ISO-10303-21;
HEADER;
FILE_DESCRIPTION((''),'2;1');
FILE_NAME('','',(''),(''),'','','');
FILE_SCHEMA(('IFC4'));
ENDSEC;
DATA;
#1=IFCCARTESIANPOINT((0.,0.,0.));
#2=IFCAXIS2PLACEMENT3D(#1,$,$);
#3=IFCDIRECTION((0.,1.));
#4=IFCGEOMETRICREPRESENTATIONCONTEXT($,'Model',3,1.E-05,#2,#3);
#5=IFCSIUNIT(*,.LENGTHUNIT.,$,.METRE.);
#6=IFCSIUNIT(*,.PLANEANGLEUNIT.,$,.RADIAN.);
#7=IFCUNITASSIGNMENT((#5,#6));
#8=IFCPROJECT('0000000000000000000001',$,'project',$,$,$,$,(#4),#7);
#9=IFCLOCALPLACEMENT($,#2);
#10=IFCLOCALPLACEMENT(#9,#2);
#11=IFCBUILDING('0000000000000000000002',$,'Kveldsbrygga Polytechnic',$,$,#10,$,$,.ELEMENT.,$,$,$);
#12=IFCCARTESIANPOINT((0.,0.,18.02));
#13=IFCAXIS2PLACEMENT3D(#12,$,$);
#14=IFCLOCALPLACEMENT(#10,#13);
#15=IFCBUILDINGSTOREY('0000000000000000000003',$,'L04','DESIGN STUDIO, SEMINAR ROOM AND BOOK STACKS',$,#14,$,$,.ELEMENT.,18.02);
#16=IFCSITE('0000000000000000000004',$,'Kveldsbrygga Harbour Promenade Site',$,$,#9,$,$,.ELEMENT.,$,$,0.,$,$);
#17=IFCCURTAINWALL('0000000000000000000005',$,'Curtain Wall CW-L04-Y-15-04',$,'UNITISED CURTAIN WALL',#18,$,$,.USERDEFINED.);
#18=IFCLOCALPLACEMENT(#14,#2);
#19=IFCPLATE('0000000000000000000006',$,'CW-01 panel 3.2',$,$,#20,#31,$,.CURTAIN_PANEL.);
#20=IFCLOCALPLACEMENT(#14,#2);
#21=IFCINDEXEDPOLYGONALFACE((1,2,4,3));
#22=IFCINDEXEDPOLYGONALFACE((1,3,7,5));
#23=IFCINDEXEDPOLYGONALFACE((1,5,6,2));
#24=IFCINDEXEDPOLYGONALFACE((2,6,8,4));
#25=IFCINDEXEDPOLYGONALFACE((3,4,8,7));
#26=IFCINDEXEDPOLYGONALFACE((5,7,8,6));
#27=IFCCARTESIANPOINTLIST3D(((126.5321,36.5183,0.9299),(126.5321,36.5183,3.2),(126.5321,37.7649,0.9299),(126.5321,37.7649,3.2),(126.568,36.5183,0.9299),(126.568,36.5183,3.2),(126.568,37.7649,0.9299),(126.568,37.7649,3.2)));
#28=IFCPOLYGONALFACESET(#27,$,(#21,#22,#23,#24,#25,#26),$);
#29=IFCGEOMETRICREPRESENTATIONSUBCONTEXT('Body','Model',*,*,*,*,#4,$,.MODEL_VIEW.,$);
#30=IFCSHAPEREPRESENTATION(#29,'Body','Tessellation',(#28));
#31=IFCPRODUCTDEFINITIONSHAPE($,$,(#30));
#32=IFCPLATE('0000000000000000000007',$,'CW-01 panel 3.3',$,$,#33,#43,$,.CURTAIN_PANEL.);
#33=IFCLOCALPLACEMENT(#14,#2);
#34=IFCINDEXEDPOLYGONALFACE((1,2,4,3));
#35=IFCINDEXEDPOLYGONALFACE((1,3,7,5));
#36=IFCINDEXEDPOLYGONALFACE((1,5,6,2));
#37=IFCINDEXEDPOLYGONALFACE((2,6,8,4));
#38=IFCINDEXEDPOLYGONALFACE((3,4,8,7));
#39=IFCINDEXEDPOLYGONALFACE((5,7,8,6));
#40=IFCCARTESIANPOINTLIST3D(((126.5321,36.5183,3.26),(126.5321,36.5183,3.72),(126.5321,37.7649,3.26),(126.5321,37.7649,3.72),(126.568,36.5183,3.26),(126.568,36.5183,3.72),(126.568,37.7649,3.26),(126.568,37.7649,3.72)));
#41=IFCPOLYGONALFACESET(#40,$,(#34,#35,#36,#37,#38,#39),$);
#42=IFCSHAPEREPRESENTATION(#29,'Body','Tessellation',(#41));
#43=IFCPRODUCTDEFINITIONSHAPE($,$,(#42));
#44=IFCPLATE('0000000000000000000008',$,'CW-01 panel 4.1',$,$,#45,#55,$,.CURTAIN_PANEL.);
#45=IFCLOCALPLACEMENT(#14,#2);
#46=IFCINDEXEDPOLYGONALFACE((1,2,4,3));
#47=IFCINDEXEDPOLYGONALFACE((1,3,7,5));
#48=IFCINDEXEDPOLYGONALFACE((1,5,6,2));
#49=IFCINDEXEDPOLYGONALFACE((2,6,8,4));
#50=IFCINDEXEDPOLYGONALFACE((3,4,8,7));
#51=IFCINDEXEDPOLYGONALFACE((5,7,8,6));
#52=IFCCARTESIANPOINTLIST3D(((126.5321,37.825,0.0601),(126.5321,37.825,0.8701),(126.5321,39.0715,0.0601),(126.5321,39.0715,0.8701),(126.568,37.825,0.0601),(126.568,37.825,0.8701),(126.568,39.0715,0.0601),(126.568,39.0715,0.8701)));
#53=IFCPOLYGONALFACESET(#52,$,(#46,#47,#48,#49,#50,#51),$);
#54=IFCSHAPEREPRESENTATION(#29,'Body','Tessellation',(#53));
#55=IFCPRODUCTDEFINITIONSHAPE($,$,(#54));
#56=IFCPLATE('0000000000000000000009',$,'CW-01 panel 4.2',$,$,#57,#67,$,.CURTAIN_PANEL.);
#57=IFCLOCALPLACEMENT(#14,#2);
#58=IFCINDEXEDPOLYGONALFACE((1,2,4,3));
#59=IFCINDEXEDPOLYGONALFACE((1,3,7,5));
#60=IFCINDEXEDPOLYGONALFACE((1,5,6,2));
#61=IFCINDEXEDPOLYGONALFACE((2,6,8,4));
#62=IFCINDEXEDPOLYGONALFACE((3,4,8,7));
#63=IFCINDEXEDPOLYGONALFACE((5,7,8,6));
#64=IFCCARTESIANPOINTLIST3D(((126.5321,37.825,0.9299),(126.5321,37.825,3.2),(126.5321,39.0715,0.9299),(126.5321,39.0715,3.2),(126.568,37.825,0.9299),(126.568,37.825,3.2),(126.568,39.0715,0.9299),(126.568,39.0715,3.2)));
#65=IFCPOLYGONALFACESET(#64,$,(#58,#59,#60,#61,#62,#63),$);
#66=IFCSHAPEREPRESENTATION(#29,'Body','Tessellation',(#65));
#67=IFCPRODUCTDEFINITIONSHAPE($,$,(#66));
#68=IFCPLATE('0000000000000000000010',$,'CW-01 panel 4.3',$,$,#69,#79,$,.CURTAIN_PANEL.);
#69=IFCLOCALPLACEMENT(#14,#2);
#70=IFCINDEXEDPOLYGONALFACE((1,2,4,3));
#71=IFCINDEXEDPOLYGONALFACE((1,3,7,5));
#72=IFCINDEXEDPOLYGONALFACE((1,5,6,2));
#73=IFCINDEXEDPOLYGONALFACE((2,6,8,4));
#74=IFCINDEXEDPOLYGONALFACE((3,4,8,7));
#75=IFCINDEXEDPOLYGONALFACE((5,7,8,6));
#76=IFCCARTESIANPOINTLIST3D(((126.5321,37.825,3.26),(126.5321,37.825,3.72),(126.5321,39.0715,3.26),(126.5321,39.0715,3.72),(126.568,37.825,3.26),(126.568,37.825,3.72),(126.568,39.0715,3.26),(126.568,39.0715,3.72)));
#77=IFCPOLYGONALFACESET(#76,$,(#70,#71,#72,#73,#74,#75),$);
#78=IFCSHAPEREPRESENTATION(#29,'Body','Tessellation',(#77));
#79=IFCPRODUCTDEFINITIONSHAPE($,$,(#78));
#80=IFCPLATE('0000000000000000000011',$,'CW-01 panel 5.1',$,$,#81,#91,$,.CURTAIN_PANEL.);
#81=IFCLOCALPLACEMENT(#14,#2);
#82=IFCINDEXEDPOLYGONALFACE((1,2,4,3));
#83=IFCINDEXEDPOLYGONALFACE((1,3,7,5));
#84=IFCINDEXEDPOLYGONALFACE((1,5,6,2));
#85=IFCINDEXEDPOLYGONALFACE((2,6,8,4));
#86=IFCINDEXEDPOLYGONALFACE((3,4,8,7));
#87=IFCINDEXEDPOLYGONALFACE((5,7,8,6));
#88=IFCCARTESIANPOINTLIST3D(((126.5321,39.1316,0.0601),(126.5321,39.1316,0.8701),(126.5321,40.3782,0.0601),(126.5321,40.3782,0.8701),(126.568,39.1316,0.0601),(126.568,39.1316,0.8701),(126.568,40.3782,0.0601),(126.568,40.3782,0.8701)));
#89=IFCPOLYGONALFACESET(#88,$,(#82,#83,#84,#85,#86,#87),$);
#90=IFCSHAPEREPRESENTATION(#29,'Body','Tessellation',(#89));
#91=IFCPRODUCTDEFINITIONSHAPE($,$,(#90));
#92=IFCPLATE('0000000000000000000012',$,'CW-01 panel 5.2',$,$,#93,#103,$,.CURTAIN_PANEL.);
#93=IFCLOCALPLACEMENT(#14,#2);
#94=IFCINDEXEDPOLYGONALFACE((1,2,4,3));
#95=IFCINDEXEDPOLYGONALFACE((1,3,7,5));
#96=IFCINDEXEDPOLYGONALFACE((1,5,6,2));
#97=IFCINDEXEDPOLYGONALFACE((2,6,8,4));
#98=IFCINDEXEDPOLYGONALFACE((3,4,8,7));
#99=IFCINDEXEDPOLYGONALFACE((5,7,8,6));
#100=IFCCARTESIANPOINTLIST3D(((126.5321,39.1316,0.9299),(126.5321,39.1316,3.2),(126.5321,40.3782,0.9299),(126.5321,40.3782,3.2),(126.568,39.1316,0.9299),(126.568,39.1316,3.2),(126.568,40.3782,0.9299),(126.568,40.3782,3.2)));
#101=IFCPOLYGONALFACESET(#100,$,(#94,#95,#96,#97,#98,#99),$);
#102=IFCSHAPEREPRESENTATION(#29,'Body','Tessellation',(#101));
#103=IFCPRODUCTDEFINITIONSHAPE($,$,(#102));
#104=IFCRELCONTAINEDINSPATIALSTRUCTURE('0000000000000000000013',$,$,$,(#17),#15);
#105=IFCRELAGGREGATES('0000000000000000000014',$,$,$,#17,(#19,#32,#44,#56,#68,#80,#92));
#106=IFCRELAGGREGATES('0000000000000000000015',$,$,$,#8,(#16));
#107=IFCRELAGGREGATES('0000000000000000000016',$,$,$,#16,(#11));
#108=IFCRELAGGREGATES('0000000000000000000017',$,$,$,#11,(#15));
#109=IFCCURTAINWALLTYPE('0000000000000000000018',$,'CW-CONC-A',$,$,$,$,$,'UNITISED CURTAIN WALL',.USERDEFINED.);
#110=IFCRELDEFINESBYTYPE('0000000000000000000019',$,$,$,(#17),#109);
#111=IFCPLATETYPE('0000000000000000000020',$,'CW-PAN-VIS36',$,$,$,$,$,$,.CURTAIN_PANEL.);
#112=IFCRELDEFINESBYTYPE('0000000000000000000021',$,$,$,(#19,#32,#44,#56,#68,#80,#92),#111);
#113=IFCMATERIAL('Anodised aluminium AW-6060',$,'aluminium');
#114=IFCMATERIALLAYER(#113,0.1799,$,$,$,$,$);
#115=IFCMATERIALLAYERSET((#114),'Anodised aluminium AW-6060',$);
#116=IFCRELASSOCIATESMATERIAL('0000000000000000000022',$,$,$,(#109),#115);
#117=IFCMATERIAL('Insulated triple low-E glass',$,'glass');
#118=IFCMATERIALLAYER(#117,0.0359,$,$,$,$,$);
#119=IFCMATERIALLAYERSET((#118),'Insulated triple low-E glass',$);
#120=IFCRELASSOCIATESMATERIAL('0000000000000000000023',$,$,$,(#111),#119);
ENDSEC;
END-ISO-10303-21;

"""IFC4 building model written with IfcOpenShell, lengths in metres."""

from ifc_helpers import new_model, si_unit, direction, frame, origin, origin_2d, place, context, subcontext, project, spatial, rectangle, extrude, material, layer, layer_set, type_object, element, aggregate, save


model = new_model("IFC4")

# Units and contexts
model_context = context("Model", 3, precision=1e-05, world=origin(), true_north=direction((0.0, 1.0)))
body_context = subcontext(model_context, "Body", "Model", "MODEL_VIEW")
ifc_project = project(units=[si_unit("LENGTHUNIT", "METRE"), si_unit("PLANEANGLEUNIT", "RADIAN")], contexts=[model_context])

# Site, building, storey
site_placement = place(None, origin())
site = spatial("IfcSite", under=ifc_project, at=site_placement, Name="Kveldsbrygga Harbour Promenade Site", CompositionType="ELEMENT", RefElevation=0.0)
building_placement = place(site_placement, origin())
building = spatial("IfcBuilding", under=site, at=building_placement, Name="Kveldsbrygga Polytechnic", CompositionType="ELEMENT")
storey_placement = place(building_placement, frame((0.0, 0.0, 18.02)))
storey = spatial("IfcBuildingStorey", under=building, at=storey_placement, Name="L04", Description="DESIGN STUDIO, SEMINAR ROOM AND BOOK STACKS", CompositionType="ELEMENT", Elevation=18.02)

# Curtain wall
ifc_material_1 = material(Name="Anodised aluminium AW-6060", Category="aluminium")
ifc_layer_1 = layer(ifc_material_1, 0.1799)
ifc_layer_set_1 = layer_set([ifc_layer_1], Name="Anodised aluminium AW-6060")
curtain_wall_type = type_object("IfcCurtainWallType", Name="CW-CONC-A", ElementType="UNITISED CURTAIN WALL", PredefinedType="USERDEFINED", material=ifc_layer_set_1)
curtain_wall_placement = place(storey_placement, origin())
curtain_wall = element("IfcCurtainWall", 1, at=curtain_wall_placement, inside=storey, type_object=curtain_wall_type, Name="Curtain Wall CW-L04-Y-15-04", ObjectType="UNITISED CURTAIN WALL", PredefinedType="USERDEFINED")

# Plates
ifc_material_2 = material(Name="Insulated triple low-E glass", Category="glass")
ifc_layer_2 = layer(ifc_material_2, 0.0359)
ifc_layer_set_2 = layer_set([ifc_layer_2], Name="Insulated triple low-E glass")
plate_type = type_object("IfcPlateType", Name="CW-PAN-VIS36", PredefinedType="CURTAIN_PANEL", material=ifc_layer_set_2)
plate_1_placement = place(storey_placement, frame((126.55, 37.1416, 0.9299), z_axis=(0.0, 0.0, 1.0), x_axis=(0.0, 1.0, 0.0)))
plate_1 = element("IfcPlate", 2, at=plate_1_placement, type_object=plate_type, Name="CW-01 panel 3.2", PredefinedType="CURTAIN_PANEL", context=body_context, shape_type="SweptSolid", body=[
    extrude(rectangle(XDim=1.2466, YDim=0.0359, at=origin_2d()), origin(), (0.0, 0.0, 1.0), 2.27),
])
plate_2_placement = place(storey_placement, frame((126.55, 37.1416, 3.26), z_axis=(0.0, 0.0, 1.0), x_axis=(0.0, 1.0, 0.0)))
plate_2 = element("IfcPlate", 3, at=plate_2_placement, type_object=plate_type, Name="CW-01 panel 3.3", PredefinedType="CURTAIN_PANEL", context=body_context, shape_type="SweptSolid", body=[
    extrude(rectangle(XDim=1.2466, YDim=0.0359, at=origin_2d()), origin(), (0.0, 0.0, 1.0), 0.46),
])
plate_3_placement = place(storey_placement, frame((126.55, 38.4482, 0.0601), z_axis=(0.0, 0.0, 1.0), x_axis=(0.0, 1.0, 0.0)))
plate_3 = element("IfcPlate", 4, at=plate_3_placement, type_object=plate_type, Name="CW-01 panel 4.1", PredefinedType="CURTAIN_PANEL", context=body_context, shape_type="SweptSolid", body=[
    extrude(rectangle(XDim=1.2466, YDim=0.0359, at=origin_2d()), origin(), (0.0, 0.0, 1.0), 0.8101),
])
plate_4_placement = place(storey_placement, frame((126.55, 38.4482, 0.9299), z_axis=(0.0, 0.0, 1.0), x_axis=(0.0, 1.0, 0.0)))
plate_4 = element("IfcPlate", 5, at=plate_4_placement, type_object=plate_type, Name="CW-01 panel 4.2", PredefinedType="CURTAIN_PANEL", context=body_context, shape_type="SweptSolid", body=[
    extrude(rectangle(XDim=1.2466, YDim=0.0359, at=origin_2d()), origin(), (0.0, 0.0, 1.0), 2.27),
])
plate_5_placement = place(storey_placement, frame((126.55, 38.4482, 3.26), z_axis=(0.0, 0.0, 1.0), x_axis=(0.0, 1.0, 0.0)))
plate_5 = element("IfcPlate", 6, at=plate_5_placement, type_object=plate_type, Name="CW-01 panel 4.3", PredefinedType="CURTAIN_PANEL", context=body_context, shape_type="SweptSolid", body=[
    extrude(rectangle(XDim=1.2466, YDim=0.0359, at=origin_2d()), origin(), (0.0, 0.0, 1.0), 0.46),
])
plate_6_placement = place(storey_placement, frame((126.55, 39.7549, 0.0601), z_axis=(0.0, 0.0, 1.0), x_axis=(0.0, 1.0, 0.0)))
plate_6 = element("IfcPlate", 7, at=plate_6_placement, type_object=plate_type, Name="CW-01 panel 5.1", PredefinedType="CURTAIN_PANEL", context=body_context, shape_type="SweptSolid", body=[
    extrude(rectangle(XDim=1.2466, YDim=0.0359, at=origin_2d()), origin(), (0.0, 0.0, 1.0), 0.8101),
])
plate_7_placement = place(storey_placement, frame((126.55, 39.7549, 0.9299), z_axis=(0.0, 0.0, 1.0), x_axis=(0.0, 1.0, 0.0)))
plate_7 = element("IfcPlate", 8, at=plate_7_placement, type_object=plate_type, Name="CW-01 panel 5.2", PredefinedType="CURTAIN_PANEL", context=body_context, shape_type="SweptSolid", body=[
    extrude(rectangle(XDim=1.2466, YDim=0.0359, at=origin_2d()), origin(), (0.0, 0.0, 1.0), 2.27),
])
aggregate(curtain_wall, [plate_1, plate_2, plate_3, plate_4, plate_5, plate_6, plate_7])

save(model, "model.ifc")
